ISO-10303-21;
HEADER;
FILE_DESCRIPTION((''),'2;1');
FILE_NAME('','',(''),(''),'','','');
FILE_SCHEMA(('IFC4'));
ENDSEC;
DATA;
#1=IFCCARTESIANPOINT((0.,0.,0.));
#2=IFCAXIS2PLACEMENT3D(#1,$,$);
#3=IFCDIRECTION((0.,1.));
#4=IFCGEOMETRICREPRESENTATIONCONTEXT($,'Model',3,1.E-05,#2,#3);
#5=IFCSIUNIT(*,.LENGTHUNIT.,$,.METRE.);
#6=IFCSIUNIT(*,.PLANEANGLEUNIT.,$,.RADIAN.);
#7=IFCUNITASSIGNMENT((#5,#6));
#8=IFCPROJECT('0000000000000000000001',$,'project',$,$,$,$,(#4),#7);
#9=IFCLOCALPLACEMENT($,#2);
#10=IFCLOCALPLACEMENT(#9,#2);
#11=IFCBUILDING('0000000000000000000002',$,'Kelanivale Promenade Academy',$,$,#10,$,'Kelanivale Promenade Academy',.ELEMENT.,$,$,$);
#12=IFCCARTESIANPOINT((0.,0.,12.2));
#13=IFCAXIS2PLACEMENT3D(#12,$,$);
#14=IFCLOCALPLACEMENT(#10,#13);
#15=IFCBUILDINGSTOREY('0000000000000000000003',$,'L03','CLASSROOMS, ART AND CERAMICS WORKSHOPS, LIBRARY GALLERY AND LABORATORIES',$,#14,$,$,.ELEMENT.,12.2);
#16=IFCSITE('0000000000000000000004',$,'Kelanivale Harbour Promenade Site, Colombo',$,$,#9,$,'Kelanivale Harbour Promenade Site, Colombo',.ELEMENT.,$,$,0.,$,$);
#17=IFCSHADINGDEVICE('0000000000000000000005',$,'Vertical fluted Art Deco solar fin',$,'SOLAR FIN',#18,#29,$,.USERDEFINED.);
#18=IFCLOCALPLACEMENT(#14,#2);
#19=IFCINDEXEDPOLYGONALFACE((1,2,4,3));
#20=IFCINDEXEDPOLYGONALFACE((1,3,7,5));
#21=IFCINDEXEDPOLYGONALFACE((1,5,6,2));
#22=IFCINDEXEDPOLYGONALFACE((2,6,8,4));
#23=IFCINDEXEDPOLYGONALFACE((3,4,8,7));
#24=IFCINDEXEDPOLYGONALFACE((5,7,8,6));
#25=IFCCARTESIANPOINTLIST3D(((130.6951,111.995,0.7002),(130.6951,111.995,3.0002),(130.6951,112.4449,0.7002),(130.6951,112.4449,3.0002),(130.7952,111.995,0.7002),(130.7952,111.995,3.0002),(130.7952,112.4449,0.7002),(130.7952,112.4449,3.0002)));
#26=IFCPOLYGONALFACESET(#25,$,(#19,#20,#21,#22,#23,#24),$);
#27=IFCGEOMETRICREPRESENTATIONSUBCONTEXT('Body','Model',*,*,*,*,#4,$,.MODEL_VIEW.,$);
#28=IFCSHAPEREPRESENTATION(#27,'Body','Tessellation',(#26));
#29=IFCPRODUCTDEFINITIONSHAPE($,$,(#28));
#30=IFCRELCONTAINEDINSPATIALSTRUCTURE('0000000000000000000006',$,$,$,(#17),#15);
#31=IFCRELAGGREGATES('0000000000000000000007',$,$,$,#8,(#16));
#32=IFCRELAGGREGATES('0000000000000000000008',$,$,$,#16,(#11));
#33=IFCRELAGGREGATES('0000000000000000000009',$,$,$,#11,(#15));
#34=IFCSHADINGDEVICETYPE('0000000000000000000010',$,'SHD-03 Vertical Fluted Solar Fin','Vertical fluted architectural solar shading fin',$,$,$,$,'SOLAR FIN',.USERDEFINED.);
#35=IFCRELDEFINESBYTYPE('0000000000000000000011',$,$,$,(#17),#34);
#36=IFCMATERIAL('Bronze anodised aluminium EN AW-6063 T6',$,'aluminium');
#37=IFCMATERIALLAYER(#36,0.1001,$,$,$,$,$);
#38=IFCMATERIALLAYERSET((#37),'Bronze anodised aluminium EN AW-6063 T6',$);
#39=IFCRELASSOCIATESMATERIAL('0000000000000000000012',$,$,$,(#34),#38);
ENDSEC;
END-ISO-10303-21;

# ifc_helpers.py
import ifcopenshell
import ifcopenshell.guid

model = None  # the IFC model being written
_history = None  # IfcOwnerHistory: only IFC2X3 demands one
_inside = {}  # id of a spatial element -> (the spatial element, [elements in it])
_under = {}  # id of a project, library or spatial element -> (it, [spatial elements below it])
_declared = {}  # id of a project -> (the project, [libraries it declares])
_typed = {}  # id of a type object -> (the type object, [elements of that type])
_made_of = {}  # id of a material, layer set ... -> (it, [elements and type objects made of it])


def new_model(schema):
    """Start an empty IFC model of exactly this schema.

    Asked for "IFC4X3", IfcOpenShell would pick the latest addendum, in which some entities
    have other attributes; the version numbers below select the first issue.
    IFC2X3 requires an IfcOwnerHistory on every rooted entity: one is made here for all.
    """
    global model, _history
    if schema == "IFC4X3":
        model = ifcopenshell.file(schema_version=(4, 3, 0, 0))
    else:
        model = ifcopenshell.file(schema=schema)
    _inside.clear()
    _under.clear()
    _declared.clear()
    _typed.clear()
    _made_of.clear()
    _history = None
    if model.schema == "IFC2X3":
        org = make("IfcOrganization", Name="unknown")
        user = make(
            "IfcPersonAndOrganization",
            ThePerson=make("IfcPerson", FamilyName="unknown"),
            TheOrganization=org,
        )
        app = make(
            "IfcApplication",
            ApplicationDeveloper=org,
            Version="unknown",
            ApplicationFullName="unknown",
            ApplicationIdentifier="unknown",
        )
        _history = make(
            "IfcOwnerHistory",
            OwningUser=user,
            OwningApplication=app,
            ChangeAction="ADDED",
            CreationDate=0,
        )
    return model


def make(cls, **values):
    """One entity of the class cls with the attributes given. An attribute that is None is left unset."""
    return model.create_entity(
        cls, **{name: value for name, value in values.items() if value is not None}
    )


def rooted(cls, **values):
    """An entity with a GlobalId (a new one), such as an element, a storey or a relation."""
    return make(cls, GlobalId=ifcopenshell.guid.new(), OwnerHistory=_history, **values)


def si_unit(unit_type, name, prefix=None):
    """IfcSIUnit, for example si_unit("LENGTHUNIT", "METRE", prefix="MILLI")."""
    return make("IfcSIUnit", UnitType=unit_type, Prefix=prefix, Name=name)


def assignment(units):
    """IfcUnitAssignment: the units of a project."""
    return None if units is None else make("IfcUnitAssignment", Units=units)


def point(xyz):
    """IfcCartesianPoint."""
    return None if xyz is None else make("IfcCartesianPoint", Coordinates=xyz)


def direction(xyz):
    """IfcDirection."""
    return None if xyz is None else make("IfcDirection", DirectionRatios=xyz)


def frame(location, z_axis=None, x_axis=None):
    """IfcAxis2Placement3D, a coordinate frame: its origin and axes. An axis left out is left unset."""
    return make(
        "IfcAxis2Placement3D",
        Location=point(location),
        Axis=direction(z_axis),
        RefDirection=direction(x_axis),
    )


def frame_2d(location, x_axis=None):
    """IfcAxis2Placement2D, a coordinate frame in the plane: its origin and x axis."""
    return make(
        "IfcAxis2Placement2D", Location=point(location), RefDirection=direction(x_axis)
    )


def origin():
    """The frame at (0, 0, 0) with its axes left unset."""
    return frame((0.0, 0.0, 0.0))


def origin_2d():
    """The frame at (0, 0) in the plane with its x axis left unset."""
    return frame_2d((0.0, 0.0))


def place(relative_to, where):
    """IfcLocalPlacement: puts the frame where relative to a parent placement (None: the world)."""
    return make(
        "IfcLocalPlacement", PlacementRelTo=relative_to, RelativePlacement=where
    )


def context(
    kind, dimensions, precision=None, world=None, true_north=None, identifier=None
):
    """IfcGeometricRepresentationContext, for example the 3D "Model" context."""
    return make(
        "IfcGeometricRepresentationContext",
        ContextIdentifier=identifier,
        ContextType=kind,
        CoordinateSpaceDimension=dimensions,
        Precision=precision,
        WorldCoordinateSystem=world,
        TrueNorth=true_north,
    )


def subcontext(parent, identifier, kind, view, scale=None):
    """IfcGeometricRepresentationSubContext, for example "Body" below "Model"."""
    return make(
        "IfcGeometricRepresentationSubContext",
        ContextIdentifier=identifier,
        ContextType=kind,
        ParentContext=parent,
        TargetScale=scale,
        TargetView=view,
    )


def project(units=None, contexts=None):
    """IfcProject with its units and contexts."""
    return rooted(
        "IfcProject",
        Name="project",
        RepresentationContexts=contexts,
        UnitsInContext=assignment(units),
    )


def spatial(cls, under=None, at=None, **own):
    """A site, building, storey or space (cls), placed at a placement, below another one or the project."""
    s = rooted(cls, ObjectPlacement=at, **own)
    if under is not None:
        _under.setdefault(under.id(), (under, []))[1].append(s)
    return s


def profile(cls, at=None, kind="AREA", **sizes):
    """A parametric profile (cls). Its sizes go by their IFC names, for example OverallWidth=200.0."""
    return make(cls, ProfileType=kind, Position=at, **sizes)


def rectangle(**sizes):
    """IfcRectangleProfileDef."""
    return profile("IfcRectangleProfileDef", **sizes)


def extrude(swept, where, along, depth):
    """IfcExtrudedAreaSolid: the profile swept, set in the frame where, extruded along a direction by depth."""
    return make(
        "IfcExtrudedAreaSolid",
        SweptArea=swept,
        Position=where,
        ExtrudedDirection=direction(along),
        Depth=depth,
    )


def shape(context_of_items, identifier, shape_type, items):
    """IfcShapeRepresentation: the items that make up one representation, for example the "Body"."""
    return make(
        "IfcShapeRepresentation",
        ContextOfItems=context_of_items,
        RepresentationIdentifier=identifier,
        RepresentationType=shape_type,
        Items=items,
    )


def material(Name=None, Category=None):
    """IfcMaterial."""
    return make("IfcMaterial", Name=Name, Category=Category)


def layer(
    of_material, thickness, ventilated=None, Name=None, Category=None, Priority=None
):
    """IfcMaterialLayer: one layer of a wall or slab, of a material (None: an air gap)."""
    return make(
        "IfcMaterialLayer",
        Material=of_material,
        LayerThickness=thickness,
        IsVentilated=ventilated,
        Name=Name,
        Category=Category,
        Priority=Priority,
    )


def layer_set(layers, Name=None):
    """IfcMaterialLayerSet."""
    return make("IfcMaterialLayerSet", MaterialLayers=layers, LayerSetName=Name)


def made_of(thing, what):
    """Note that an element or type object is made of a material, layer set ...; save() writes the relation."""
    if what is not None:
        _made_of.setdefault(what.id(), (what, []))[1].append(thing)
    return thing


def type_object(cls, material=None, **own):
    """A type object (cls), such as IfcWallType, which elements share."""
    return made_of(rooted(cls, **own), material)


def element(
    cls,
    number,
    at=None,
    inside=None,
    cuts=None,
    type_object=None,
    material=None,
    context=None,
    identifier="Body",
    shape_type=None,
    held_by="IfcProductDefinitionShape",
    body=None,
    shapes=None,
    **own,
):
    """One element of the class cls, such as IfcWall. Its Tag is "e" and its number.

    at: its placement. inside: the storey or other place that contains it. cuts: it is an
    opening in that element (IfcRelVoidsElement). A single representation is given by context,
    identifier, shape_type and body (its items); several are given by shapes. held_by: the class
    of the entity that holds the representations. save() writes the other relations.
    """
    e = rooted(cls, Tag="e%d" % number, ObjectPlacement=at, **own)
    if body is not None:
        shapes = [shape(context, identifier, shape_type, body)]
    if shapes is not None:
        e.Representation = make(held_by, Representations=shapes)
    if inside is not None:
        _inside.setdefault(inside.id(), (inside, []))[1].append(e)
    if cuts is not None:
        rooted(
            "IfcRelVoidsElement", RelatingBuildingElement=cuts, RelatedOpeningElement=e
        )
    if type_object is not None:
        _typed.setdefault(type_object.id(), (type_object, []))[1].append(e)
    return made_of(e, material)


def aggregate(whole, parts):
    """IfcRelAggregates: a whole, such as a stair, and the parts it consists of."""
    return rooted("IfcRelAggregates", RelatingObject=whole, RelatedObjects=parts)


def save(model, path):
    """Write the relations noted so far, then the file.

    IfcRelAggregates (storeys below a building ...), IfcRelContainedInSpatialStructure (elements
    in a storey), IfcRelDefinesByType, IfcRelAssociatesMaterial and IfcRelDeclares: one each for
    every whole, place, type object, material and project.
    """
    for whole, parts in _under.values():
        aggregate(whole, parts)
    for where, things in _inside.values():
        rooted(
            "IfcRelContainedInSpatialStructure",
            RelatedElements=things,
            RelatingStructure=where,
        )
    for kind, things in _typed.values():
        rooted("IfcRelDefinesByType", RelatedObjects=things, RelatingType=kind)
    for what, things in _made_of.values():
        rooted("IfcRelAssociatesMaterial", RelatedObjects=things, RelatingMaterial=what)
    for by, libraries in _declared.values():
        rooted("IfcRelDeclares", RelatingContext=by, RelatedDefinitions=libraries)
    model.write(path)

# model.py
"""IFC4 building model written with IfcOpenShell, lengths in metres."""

from ifc_helpers import new_model, si_unit, direction, frame, origin, origin_2d, place, context, subcontext, project, spatial, rectangle, extrude, material, layer, layer_set, type_object, element, save


model = new_model("IFC4")

# Units and contexts
model_context = context("Model", 3, precision=1e-05, world=origin(), true_north=direction((0.0, 1.0)))
body_context = subcontext(model_context, "Body", "Model", "MODEL_VIEW")
ifc_project = project(units=[si_unit("LENGTHUNIT", "METRE"), si_unit("PLANEANGLEUNIT", "RADIAN")], contexts=[model_context])

# Site, building, storey
site_placement = place(None, origin())
site = spatial("IfcSite", under=ifc_project, at=site_placement, Name="Kelanivale Harbour Promenade Site, Colombo", LongName="Kelanivale Harbour Promenade Site, Colombo", CompositionType="ELEMENT", RefElevation=0.0)
building_placement = place(site_placement, origin())
building = spatial("IfcBuilding", under=site, at=building_placement, Name="Kelanivale Promenade Academy", LongName="Kelanivale Promenade Academy", CompositionType="ELEMENT")
storey_placement = place(building_placement, frame((0.0, 0.0, 12.2)))
storey = spatial("IfcBuildingStorey", under=building, at=storey_placement, Name="L03", Description="CLASSROOMS, ART AND CERAMICS WORKSHOPS, LIBRARY GALLERY AND LABORATORIES", CompositionType="ELEMENT", Elevation=12.2)

# Shading device
ifc_material_1 = material(Name="Bronze anodised aluminium EN AW-6063 T6", Category="aluminium")
ifc_layer_1 = layer(ifc_material_1, 0.1001)
ifc_layer_set_1 = layer_set([ifc_layer_1], Name="Bronze anodised aluminium EN AW-6063 T6")
shading_device_type_1 = type_object("IfcShadingDeviceType", Name="SHD-03 Vertical Fluted Solar Fin", Description="Vertical fluted architectural solar shading fin", ElementType="SOLAR FIN", PredefinedType="USERDEFINED", material=ifc_layer_set_1)
for number, where, z_axis, x_axis, name in (
    (1, (130.7451, 112.22, 0.7002), (0.0, 0.0, 1.0), (-1.0, 0.0, 0.0), "Vertical fluted Art Deco solar fin"),
):
    element("IfcShadingDevice", number, at=place(storey_placement, frame(where, z_axis=z_axis, x_axis=x_axis)), inside=storey, type_object=shading_device_type_1, Name=name, ObjectType="SOLAR FIN", PredefinedType="USERDEFINED", context=body_context, shape_type="SweptSolid", body=[
        extrude(rectangle(XDim=0.1001, YDim=0.45, at=origin_2d()), origin(), (0.0, 0.0, 1.0), 2.3),
    ])

save(model, "model.ifc")
